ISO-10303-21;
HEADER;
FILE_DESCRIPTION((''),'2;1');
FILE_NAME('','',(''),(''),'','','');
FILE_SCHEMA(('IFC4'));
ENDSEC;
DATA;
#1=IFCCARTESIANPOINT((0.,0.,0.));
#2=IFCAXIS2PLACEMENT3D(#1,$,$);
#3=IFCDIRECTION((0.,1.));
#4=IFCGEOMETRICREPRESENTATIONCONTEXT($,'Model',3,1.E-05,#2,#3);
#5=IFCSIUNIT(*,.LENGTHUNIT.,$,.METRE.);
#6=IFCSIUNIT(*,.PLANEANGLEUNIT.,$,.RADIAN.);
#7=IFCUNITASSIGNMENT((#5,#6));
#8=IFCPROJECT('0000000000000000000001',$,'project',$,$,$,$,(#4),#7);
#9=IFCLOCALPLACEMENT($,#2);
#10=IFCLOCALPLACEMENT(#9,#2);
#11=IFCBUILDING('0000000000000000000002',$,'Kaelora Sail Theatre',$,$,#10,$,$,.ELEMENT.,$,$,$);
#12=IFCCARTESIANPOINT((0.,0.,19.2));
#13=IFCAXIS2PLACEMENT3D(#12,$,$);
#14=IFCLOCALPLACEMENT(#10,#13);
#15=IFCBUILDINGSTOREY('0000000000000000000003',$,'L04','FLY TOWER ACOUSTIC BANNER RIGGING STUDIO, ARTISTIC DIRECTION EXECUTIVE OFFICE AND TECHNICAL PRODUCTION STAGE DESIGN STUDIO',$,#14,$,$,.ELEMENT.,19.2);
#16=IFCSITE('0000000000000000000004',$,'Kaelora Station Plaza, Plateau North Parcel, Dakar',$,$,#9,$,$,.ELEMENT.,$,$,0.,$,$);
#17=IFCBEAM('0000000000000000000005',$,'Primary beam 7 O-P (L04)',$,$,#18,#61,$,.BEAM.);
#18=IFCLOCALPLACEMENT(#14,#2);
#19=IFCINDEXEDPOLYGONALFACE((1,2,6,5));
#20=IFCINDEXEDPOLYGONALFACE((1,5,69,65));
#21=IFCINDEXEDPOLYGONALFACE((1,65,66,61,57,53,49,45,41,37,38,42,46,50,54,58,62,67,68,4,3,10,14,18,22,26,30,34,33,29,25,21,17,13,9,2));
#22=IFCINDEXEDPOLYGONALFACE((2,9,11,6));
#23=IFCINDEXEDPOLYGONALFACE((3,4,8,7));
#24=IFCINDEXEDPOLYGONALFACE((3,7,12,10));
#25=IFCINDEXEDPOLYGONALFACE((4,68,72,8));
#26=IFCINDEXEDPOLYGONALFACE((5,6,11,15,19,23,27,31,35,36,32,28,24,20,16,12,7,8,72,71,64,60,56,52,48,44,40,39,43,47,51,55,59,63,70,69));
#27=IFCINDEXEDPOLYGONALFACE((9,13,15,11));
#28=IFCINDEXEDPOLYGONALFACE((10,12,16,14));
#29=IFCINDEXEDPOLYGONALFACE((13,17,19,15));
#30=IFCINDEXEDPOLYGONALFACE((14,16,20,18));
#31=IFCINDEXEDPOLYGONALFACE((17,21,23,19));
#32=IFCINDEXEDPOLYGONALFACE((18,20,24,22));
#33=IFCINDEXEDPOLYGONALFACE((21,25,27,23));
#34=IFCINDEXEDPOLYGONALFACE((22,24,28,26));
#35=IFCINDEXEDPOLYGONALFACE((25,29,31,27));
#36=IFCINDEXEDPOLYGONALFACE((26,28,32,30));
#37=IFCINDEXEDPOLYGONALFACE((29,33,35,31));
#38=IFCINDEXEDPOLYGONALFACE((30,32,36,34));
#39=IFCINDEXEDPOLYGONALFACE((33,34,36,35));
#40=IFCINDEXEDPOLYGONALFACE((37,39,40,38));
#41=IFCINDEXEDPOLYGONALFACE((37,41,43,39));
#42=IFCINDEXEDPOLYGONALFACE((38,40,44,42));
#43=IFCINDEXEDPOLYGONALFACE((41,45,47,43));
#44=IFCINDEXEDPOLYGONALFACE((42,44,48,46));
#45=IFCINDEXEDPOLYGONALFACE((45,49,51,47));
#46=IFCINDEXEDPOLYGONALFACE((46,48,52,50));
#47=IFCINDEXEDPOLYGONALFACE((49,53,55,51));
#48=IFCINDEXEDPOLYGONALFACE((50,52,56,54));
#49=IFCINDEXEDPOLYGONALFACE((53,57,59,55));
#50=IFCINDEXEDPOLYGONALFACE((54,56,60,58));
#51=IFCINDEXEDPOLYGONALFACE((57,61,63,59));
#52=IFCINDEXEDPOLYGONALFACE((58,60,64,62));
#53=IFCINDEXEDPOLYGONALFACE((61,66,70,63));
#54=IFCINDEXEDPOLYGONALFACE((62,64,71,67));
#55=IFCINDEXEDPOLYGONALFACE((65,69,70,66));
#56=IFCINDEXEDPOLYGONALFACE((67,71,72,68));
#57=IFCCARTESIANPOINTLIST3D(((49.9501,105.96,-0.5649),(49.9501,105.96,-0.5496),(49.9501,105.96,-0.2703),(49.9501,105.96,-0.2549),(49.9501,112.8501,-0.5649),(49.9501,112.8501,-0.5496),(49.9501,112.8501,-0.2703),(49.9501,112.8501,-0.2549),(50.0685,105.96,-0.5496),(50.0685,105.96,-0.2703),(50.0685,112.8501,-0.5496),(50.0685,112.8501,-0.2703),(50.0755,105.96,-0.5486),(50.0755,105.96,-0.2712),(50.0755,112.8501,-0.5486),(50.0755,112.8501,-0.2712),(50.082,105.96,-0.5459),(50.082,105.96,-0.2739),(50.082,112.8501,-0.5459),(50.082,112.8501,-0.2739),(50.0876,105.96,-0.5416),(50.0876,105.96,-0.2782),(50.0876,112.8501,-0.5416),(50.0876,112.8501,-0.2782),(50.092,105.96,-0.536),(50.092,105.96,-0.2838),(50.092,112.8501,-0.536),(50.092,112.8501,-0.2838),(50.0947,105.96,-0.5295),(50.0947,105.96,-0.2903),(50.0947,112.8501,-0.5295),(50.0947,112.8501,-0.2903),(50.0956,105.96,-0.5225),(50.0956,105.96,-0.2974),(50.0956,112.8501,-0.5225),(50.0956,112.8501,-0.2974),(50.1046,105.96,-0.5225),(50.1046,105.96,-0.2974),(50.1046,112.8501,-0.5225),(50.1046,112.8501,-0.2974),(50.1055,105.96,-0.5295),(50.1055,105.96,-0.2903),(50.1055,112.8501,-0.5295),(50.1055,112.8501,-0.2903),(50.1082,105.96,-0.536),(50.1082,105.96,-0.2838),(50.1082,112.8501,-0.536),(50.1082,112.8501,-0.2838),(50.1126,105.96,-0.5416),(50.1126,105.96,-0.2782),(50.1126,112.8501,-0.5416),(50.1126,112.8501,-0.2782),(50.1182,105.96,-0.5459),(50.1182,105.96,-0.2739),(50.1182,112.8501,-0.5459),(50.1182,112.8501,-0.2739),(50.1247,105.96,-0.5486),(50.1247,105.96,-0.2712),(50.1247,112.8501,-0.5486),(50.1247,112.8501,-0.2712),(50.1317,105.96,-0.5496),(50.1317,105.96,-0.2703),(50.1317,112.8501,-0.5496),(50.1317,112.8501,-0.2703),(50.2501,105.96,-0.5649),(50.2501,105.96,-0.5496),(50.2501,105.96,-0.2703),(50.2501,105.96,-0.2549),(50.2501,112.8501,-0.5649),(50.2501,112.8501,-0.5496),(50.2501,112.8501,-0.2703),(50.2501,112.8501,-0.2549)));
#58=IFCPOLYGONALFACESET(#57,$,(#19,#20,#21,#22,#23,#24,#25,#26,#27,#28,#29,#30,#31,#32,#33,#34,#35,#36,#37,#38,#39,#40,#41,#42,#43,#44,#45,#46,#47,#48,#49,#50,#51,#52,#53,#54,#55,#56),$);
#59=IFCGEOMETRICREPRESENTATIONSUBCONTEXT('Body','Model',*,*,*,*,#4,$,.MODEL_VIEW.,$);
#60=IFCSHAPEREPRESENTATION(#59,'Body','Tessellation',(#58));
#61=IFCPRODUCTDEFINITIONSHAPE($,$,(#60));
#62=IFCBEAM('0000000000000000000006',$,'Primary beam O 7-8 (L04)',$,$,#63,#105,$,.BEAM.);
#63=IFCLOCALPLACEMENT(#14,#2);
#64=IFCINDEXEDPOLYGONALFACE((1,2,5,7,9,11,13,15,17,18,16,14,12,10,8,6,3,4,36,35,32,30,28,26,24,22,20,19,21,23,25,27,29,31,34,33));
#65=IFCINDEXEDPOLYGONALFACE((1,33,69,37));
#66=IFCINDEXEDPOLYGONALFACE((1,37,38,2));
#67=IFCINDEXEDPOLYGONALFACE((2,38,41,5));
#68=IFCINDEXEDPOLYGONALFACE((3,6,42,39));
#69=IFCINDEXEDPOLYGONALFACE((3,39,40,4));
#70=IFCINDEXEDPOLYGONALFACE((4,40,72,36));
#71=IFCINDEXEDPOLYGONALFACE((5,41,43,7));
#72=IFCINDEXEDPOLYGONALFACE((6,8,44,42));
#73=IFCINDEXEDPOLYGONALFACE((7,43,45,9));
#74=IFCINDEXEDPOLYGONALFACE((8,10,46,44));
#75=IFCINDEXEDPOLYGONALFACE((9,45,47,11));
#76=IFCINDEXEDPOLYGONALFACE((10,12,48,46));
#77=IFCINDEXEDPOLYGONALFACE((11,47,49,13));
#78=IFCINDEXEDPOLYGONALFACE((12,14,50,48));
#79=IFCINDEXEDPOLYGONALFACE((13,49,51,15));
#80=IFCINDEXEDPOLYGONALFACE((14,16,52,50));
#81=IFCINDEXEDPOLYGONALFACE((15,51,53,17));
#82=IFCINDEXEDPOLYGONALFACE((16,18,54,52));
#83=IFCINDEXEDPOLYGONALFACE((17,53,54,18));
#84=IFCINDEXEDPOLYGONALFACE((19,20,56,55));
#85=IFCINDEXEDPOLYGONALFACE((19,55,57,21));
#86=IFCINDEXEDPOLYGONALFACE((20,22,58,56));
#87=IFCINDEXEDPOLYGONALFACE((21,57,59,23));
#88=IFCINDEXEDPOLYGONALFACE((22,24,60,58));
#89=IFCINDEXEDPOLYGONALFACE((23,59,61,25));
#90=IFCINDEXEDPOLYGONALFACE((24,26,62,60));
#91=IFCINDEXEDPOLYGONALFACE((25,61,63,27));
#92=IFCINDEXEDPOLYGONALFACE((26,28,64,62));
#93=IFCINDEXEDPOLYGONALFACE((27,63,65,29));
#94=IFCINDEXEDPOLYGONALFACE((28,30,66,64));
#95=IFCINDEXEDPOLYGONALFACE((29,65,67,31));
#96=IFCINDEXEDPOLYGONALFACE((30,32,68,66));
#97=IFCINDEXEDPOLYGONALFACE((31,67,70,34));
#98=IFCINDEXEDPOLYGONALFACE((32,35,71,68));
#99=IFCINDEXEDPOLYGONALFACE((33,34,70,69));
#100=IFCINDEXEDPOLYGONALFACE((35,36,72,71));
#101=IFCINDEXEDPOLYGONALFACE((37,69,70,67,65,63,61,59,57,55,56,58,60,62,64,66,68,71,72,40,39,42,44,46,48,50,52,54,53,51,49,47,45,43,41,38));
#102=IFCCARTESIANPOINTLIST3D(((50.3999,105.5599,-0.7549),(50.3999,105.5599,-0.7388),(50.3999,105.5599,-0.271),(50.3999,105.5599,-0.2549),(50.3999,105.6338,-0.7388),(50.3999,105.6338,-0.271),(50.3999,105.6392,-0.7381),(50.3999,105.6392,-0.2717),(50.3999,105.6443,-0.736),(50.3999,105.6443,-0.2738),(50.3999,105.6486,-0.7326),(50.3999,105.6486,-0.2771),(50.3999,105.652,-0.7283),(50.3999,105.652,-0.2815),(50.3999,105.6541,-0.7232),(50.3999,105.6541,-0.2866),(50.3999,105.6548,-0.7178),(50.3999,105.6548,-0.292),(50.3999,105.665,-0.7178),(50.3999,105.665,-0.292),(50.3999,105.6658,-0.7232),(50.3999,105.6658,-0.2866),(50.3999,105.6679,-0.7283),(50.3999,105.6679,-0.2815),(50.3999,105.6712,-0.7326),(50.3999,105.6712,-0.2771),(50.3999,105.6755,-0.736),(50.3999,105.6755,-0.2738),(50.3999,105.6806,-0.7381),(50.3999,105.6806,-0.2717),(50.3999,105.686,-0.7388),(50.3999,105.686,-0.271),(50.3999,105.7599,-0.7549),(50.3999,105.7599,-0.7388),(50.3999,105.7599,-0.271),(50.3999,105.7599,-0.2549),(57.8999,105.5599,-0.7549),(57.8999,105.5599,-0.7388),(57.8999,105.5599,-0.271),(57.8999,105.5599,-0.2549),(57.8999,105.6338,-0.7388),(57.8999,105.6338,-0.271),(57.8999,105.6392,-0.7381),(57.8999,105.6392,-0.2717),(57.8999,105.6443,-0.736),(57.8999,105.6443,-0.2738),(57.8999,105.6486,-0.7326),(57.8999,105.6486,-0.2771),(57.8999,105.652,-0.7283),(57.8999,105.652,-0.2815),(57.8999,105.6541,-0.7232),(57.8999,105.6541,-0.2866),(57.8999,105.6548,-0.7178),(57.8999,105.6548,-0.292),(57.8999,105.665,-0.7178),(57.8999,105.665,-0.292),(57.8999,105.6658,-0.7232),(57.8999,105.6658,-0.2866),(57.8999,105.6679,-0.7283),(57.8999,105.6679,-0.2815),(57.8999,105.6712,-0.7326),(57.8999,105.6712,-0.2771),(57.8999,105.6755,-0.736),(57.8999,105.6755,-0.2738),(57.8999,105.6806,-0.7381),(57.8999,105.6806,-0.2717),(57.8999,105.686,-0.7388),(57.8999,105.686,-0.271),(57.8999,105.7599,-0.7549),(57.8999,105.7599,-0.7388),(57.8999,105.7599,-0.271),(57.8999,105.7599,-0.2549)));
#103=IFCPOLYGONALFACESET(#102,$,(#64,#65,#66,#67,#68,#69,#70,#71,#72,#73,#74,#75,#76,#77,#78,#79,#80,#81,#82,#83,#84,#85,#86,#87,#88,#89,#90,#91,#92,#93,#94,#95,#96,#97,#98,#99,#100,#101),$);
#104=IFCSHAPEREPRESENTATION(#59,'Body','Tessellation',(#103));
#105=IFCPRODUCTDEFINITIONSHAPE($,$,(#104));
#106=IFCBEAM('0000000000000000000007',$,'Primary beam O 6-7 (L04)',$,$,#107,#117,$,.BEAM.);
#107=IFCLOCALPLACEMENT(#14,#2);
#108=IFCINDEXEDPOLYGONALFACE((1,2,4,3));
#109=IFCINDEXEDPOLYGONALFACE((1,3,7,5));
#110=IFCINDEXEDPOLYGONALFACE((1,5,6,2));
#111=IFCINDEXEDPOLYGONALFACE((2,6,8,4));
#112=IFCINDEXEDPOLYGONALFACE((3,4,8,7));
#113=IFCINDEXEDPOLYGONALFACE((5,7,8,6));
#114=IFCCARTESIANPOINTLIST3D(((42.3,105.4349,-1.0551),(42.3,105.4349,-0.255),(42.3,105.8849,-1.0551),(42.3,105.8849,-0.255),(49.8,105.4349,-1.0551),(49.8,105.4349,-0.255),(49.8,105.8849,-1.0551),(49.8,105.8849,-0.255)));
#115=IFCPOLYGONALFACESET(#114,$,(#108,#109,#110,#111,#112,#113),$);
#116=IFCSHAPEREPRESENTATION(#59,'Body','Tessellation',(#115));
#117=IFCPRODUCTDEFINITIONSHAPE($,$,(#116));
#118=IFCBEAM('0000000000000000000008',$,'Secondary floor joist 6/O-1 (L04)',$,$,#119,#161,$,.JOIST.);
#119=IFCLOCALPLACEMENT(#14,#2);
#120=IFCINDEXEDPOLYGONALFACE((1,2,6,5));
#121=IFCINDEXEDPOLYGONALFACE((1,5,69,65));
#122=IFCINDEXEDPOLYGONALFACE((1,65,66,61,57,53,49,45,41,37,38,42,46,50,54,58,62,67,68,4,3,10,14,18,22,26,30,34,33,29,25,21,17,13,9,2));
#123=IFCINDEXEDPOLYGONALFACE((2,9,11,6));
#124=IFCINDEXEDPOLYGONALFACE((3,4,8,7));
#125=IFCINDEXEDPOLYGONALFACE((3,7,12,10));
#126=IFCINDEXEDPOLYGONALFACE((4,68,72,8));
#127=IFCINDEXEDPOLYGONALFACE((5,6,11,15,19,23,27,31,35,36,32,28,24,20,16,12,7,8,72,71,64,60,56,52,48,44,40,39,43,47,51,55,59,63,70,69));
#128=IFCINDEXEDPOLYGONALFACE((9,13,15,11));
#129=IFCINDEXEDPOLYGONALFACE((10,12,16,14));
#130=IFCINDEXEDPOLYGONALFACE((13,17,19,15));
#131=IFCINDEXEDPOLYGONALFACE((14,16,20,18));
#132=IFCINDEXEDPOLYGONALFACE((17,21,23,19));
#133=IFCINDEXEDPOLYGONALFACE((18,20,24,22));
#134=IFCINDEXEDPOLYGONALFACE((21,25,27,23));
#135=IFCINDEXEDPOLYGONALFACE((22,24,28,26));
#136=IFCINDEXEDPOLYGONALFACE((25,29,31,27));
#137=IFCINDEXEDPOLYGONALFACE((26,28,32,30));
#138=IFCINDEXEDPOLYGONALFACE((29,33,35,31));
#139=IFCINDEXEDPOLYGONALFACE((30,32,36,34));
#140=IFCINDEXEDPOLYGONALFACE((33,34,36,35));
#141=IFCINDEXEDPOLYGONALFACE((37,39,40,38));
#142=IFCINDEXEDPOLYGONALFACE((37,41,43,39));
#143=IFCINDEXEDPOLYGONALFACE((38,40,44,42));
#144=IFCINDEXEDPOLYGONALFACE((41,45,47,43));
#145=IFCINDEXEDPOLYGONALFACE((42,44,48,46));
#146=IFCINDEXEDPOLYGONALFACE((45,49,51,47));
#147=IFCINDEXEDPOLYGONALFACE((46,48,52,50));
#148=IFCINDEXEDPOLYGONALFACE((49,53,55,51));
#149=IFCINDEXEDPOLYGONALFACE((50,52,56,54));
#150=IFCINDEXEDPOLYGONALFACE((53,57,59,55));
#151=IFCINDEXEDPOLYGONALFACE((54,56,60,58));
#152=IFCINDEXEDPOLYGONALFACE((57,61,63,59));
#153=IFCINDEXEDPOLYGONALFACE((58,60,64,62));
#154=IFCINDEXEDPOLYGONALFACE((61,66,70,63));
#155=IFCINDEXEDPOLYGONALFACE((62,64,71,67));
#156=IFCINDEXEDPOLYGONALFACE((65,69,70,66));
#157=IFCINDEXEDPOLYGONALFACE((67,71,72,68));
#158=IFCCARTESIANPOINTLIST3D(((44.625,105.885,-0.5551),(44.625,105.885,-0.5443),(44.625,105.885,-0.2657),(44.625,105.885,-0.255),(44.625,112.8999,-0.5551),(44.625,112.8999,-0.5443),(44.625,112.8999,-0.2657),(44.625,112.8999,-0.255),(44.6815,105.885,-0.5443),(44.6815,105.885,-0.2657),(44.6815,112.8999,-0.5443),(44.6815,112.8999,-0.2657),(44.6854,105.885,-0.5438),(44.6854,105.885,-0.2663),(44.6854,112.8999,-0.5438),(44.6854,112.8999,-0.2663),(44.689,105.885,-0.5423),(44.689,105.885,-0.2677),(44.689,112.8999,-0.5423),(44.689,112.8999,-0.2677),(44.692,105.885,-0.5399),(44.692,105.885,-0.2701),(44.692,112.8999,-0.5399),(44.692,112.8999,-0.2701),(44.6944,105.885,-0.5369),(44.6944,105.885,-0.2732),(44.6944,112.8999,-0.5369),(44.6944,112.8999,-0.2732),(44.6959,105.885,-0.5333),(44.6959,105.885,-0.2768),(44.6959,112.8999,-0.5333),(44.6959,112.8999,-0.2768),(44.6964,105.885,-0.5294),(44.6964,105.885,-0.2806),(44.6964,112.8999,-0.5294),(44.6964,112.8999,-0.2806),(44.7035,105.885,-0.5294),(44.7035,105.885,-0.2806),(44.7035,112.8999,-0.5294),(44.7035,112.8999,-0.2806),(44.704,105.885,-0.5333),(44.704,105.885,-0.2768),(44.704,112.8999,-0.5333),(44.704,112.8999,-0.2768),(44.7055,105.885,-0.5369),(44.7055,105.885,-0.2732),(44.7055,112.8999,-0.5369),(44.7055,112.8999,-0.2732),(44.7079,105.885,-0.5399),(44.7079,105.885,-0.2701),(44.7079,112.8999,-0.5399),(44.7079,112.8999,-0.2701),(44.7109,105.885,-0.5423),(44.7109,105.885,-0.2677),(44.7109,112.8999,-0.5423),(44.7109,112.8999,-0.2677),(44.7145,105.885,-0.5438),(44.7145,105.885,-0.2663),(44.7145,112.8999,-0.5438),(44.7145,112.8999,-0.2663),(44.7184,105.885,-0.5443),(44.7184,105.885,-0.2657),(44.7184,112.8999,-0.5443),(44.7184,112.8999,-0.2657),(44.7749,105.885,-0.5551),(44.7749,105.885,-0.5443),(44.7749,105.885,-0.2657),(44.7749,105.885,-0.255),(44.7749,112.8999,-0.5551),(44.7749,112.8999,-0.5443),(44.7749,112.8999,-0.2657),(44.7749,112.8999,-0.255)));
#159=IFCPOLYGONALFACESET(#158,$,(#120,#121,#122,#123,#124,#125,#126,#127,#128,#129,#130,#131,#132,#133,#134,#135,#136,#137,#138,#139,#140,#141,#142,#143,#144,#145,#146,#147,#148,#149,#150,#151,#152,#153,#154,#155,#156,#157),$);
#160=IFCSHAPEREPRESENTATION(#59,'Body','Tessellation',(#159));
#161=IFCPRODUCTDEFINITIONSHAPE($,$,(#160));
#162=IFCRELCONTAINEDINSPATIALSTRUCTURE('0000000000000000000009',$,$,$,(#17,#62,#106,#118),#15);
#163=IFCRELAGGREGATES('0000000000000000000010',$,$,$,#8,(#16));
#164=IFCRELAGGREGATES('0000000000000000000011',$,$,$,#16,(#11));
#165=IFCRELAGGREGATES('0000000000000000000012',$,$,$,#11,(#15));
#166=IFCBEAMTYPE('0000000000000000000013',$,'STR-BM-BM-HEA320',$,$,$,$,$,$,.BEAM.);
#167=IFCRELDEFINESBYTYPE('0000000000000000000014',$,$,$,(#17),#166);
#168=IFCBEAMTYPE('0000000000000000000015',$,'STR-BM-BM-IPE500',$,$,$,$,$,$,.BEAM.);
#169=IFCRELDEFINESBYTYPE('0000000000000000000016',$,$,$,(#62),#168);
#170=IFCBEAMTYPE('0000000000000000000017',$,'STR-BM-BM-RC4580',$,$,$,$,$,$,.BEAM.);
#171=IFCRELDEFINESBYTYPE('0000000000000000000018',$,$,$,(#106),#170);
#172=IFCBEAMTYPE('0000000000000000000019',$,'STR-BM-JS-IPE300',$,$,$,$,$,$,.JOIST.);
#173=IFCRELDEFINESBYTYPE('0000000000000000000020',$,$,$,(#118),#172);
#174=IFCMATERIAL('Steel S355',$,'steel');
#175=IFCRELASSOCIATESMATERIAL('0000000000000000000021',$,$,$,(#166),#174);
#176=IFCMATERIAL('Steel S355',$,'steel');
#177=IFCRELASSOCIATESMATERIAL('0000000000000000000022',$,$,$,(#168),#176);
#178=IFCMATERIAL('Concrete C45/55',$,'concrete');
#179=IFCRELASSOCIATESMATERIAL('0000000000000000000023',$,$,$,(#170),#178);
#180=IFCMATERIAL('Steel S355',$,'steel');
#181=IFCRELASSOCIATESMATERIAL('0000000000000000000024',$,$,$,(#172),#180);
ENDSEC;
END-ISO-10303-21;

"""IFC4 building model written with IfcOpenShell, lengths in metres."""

from ifc_helpers import new_model, si_unit, direction, frame, origin, origin_2d, place, context, subcontext, project, spatial, rectangle, i_section, extrude, material, material_profile, profile_set, type_object, element, save


model = new_model("IFC4")

# Units and contexts
model_context = context("Model", 3, precision=1e-05, world=origin(), true_north=direction((0.0, 1.0)))
body_context = subcontext(model_context, "Body", "Model", "MODEL_VIEW")
ifc_project = project(units=[si_unit("LENGTHUNIT", "METRE"), si_unit("PLANEANGLEUNIT", "RADIAN")], contexts=[model_context])

# Site, building, storey
site_placement = place(None, origin())
site = spatial("IfcSite", under=ifc_project, at=site_placement, Name="Kaelora Station Plaza, Plateau North Parcel, Dakar", CompositionType="ELEMENT", RefElevation=0.0)
building_placement = place(site_placement, origin())
building = spatial("IfcBuilding", under=site, at=building_placement, Name="Kaelora Sail Theatre", CompositionType="ELEMENT")
storey_placement = place(building_placement, frame((0.0, 0.0, 19.2)))
storey = spatial("IfcBuildingStorey", under=building, at=storey_placement, Name="L04", Description="FLY TOWER ACOUSTIC BANNER RIGGING STUDIO, ARTISTIC DIRECTION EXECUTIVE OFFICE AND TECHNICAL PRODUCTION STAGE DESIGN STUDIO", CompositionType="ELEMENT", Elevation=19.2)

# Beams
ifc_material_1 = material(Name="Steel S355", Category="steel")
ifc_material_profile_1 = material_profile(ifc_material_1, i_section(OverallWidth=0.3, OverallDepth=0.3101, WebThickness=0.009, FlangeThickness=0.0154, FilletRadius=0.0271, at=origin_2d()), Name="HEA 320")
ifc_profile_set_1 = profile_set([ifc_material_profile_1], Name="Steel S355")
beam_type_1 = type_object("IfcBeamType", Name="STR-BM-BM-HEA320", PredefinedType="BEAM", material=ifc_profile_set_1)
for number, where, z_axis, x_axis, name in (
    (1, (50.1001, 105.96, -0.4099), (0.0, 1.0, 0.0), (-1.0, 0.0, 0.0), "Primary beam 7 O-P (L04)"),
):
    element("IfcBeam", number, at=place(storey_placement, frame(where, z_axis=z_axis, x_axis=x_axis)), inside=storey, type_object=beam_type_1, Name=name, PredefinedType="BEAM", context=body_context, shape_type="SweptSolid", body=[
        extrude(i_section(OverallWidth=0.3, OverallDepth=0.3101, WebThickness=0.009, FlangeThickness=0.0154, FilletRadius=0.0271, at=origin_2d()), origin(), (0.0, 0.0, 1.0), 6.8901),
    ])
ifc_material_2 = material(Name="Steel S355", Category="steel")
ifc_material_profile_2 = material_profile(ifc_material_2, i_section(OverallWidth=0.2, OverallDepth=0.5, WebThickness=0.0103, FlangeThickness=0.0161, FilletRadius=0.021, at=origin_2d()), Name="IPE 500")
ifc_profile_set_2 = profile_set([ifc_material_profile_2], Name="Steel S355")
beam_type_2 = type_object("IfcBeamType", Name="STR-BM-BM-IPE500", PredefinedType="BEAM", material=ifc_profile_set_2)
beam_1_placement = place(storey_placement, frame((50.3999, 105.6599, -0.5049), z_axis=(1.0, 0.0, 0.0), x_axis=(0.0, 1.0, 0.0)))
element("IfcBeam", 2, at=beam_1_placement, inside=storey, type_object=beam_type_2, Name="Primary beam O 7-8 (L04)", PredefinedType="BEAM", context=body_context, shape_type="SweptSolid", body=[
    extrude(i_section(OverallWidth=0.2, OverallDepth=0.5, WebThickness=0.0103, FlangeThickness=0.0161, FilletRadius=0.021, at=origin_2d()), origin(), (0.0, 0.0, 1.0), 7.5),
])
ifc_material_3 = material(Name="Concrete C45/55", Category="concrete")
ifc_material_profile_3 = material_profile(ifc_material_3, rectangle(XDim=0.45, YDim=0.8, at=origin_2d()), Name="RC-BM 450x800")
ifc_profile_set_3 = profile_set([ifc_material_profile_3], Name="Concrete C45/55")
beam_type_3 = type_object("IfcBeamType", Name="STR-BM-BM-RC4580", PredefinedType="BEAM", material=ifc_profile_set_3)
beam_2_placement = place(storey_placement, frame((42.3, 105.6599, -0.655), z_axis=(1.0, 0.0, 0.0), x_axis=(0.0, 1.0, 0.0)))
element("IfcBeam", 3, at=beam_2_placement, inside=storey, type_object=beam_type_3, Name="Primary beam O 6-7 (L04)", PredefinedType="BEAM", context=body_context, shape_type="SweptSolid", body=[
    extrude(rectangle(XDim=0.45, YDim=0.8, at=origin_2d()), origin(), (0.0, 0.0, 1.0), 7.5),
])
ifc_material_4 = material(Name="Steel S355", Category="steel")
ifc_material_profile_4 = material_profile(ifc_material_4, i_section(OverallWidth=0.1499, OverallDepth=0.3, WebThickness=0.0071, FlangeThickness=0.0107, FilletRadius=0.0149, at=origin_2d()), Name="IPE 300")
ifc_profile_set_4 = profile_set([ifc_material_profile_4], Name="Steel S355")
beam_type_4 = type_object("IfcBeamType", Name="STR-BM-JS-IPE300", PredefinedType="JOIST", material=ifc_profile_set_4)
beam_3_placement = place(storey_placement, frame((44.7, 105.885, -0.405), z_axis=(0.0, 1.0, 0.0), x_axis=(-1.0, 0.0, 0.0)))
element("IfcBeam", 4, at=beam_3_placement, inside=storey, type_object=beam_type_4, Name="Secondary floor joist 6/O-1 (L04)", PredefinedType="JOIST", context=body_context, shape_type="SweptSolid", body=[
    extrude(i_section(OverallWidth=0.1499, OverallDepth=0.3, WebThickness=0.0071, FlangeThickness=0.0107, FilletRadius=0.0149, at=origin_2d()), origin(), (0.0, 0.0, 1.0), 7.0149),
])

save(model, "model.ifc")
